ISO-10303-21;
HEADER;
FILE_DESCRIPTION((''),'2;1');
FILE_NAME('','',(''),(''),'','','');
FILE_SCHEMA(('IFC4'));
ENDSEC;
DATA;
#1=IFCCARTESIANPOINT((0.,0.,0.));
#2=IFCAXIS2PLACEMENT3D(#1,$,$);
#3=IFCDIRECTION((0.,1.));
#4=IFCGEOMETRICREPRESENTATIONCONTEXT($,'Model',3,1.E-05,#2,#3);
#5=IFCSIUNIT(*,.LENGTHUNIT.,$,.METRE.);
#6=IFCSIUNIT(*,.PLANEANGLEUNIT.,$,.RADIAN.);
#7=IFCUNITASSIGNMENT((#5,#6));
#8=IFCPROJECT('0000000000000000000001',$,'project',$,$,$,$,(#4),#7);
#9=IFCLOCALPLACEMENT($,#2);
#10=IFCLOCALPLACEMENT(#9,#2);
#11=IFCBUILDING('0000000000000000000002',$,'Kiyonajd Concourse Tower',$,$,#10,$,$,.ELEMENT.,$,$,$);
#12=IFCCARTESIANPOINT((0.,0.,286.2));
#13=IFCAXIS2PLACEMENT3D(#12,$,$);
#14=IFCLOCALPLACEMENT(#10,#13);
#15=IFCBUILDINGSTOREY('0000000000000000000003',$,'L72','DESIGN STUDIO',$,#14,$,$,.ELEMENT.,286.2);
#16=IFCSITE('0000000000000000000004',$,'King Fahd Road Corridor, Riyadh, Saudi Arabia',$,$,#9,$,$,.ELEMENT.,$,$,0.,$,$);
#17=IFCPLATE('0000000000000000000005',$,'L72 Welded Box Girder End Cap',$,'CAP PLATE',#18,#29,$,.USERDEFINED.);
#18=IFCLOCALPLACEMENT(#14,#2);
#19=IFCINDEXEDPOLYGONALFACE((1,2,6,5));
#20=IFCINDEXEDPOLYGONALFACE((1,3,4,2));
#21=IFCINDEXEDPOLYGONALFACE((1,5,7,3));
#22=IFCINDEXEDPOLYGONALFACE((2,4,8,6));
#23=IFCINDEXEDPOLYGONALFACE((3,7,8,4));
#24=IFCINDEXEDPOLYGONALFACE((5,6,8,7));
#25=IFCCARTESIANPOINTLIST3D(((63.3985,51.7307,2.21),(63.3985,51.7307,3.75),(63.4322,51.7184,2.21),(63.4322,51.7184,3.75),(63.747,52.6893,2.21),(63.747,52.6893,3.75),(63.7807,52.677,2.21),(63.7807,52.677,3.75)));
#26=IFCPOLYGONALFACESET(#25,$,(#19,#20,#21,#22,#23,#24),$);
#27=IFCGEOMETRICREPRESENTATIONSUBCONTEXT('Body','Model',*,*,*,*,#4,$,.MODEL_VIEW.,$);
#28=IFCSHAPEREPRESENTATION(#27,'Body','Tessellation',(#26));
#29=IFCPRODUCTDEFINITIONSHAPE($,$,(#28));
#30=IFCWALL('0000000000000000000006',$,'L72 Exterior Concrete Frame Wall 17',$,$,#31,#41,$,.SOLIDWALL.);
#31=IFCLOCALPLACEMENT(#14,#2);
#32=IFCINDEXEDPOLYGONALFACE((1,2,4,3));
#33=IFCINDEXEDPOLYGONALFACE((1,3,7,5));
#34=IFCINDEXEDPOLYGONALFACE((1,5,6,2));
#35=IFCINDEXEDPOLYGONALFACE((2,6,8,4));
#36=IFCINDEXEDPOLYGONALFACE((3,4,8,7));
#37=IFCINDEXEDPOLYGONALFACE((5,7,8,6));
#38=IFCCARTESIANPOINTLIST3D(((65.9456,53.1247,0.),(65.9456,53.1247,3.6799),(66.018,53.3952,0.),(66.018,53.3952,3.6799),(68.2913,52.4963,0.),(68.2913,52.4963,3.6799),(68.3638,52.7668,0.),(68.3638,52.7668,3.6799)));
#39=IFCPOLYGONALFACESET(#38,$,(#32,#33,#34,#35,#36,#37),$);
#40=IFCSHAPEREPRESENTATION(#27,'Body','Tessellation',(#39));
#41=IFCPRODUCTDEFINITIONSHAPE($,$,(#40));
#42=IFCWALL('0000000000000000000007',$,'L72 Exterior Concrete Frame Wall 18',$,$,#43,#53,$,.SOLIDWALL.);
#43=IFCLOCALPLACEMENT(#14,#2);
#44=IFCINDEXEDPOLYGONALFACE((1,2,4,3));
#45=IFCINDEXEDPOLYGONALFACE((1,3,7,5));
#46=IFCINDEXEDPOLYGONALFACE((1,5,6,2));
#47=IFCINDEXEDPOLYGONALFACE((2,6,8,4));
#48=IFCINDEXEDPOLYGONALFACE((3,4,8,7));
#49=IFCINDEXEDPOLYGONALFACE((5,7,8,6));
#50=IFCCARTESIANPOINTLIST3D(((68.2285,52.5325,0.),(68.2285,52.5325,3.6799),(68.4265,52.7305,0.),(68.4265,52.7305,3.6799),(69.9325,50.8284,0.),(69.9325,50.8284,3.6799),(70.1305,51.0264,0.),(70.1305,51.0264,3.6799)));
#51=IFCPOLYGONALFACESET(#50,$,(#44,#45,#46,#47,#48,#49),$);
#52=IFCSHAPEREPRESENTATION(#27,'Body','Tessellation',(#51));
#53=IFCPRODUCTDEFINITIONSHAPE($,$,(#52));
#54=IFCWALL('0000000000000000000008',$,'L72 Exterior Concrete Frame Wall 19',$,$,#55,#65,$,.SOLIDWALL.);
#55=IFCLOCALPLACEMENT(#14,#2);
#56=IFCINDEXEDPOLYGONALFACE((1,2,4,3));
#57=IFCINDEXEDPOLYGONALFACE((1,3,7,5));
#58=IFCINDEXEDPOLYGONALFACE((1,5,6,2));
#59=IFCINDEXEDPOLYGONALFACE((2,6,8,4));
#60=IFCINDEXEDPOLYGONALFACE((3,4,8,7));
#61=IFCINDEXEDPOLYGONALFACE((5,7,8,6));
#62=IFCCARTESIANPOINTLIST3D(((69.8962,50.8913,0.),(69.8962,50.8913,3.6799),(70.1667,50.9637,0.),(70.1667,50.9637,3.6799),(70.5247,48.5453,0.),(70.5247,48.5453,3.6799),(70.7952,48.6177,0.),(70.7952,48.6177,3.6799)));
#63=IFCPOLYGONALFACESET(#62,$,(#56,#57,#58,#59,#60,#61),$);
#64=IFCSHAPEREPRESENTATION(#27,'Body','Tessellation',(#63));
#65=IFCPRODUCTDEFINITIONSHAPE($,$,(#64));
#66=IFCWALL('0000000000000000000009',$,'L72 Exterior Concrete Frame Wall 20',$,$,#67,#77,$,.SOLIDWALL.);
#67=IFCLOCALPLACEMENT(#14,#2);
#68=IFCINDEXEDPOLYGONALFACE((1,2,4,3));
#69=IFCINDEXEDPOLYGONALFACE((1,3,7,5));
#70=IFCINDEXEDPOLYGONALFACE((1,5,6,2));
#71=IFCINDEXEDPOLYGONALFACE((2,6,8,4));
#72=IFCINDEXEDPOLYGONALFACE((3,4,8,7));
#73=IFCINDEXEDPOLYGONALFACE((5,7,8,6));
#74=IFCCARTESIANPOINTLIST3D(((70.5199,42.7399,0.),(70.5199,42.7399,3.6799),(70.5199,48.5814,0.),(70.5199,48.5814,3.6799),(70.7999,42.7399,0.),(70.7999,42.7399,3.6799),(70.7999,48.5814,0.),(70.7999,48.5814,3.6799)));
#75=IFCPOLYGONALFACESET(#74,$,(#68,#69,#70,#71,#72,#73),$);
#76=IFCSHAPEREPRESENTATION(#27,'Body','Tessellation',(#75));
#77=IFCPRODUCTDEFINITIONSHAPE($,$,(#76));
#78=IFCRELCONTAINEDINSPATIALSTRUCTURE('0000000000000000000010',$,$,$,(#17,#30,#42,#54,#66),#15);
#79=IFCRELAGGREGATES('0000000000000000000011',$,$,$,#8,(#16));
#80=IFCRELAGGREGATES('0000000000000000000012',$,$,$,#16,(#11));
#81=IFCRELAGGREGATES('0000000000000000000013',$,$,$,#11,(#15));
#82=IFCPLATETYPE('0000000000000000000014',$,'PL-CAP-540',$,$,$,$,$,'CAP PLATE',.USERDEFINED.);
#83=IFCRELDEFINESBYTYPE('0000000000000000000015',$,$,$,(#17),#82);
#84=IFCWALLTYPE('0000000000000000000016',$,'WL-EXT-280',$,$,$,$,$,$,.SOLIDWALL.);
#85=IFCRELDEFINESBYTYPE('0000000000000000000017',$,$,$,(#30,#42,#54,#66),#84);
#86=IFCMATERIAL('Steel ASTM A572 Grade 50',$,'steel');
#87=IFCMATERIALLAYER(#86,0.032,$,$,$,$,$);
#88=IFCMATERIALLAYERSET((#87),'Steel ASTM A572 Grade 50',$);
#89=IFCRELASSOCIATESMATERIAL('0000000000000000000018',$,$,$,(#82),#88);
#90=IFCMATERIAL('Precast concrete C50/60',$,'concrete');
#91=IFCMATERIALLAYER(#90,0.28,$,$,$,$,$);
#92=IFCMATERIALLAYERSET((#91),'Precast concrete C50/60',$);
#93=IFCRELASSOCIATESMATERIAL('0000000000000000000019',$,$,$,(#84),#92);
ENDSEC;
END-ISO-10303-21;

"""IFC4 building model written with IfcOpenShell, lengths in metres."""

from ifc_helpers import new_model, si_unit, direction, frame, frame_2d, origin, origin_2d, place, context, subcontext, project, spatial, rectangle, extrude, material, layer, layer_set, type_object, element, save


model = new_model("IFC4")

# Units and contexts
model_context = context("Model", 3, precision=1e-05, world=origin(), true_north=direction((0.0, 1.0)))
body_context = subcontext(model_context, "Body", "Model", "MODEL_VIEW")
ifc_project = project(units=[si_unit("LENGTHUNIT", "METRE"), si_unit("PLANEANGLEUNIT", "RADIAN")], contexts=[model_context])

# Site, building, storey
site_placement = place(None, origin())
site = spatial("IfcSite", under=ifc_project, at=site_placement, Name="King Fahd Road Corridor, Riyadh, Saudi Arabia", CompositionType="ELEMENT", RefElevation=0.0)
building_placement = place(site_placement, origin())
building = spatial("IfcBuilding", under=site, at=building_placement, Name="Kiyonajd Concourse Tower", CompositionType="ELEMENT")
storey_placement = place(building_placement, frame((0.0, 0.0, 286.2)))
storey = spatial("IfcBuildingStorey", under=building, at=storey_placement, Name="L72", Description="DESIGN STUDIO", CompositionType="ELEMENT", Elevation=286.2)

# Shared definitions
ifc_material_1 = material(Name="Steel ASTM A572 Grade 50", Category="steel")

# Plate
ifc_layer_1 = layer(ifc_material_1, 0.032)
ifc_layer_set_1 = layer_set([ifc_layer_1], Name="Steel ASTM A572 Grade 50")
plate_type_1 = type_object("IfcPlateType", Name="PL-CAP-540", ElementType="CAP PLATE", PredefinedType="USERDEFINED", material=ifc_layer_set_1)
for number, where, z_axis, x_axis, name in (
    (1, (63.5896, 52.2039, 2.21), (0.0, 0.0, 1.0), (-0.939812, 0.341692, 0.0), "L72 Welded Box Girder End Cap"),
):
    element("IfcPlate", number, at=place(storey_placement, frame(where, z_axis=z_axis, x_axis=x_axis)), inside=storey, type_object=plate_type_1, Name=name, ObjectType="CAP PLATE", PredefinedType="USERDEFINED", context=body_context, shape_type="SweptSolid", body=[
        extrude(rectangle(XDim=0.0359, YDim=1.02, at=origin_2d()), origin(), (0.0, 0.0, 1.0), 1.54),
    ])

# Walls
ifc_material_2 = material(Name="Precast concrete C50/60", Category="concrete")
ifc_layer_2 = layer(ifc_material_2, 0.28)
ifc_layer_set_2 = layer_set([ifc_layer_2], Name="Precast concrete C50/60")
wall_type = type_object("IfcWallType", Name="WL-EXT-280", PredefinedType="SOLIDWALL", material=ifc_layer_set_2)
wall_1_placement = place(storey_placement, frame((65.9817, 53.26, 0.0), z_axis=(0.0, 0.0, 1.0), x_axis=(0.965937, -0.258776, 0.0)))
element("IfcWall", 2, at=wall_1_placement, inside=storey, type_object=wall_type, Name="L72 Exterior Concrete Frame Wall 17", PredefinedType="SOLIDWALL", context=body_context, shape_type="SweptSolid", body=[
    extrude(rectangle(XDim=2.4285, YDim=0.28, at=frame_2d((1.2144, 0.0))), origin(), (0.0, 0.0, 1.0), 3.6799),
])
wall_2_placement = place(storey_placement, frame((68.3274, 52.6316, 0.0), z_axis=(0.0, 0.0, 1.0), x_axis=(0.707107, -0.707107, 0.0)))
element("IfcWall", 3, at=wall_2_placement, inside=storey, type_object=wall_type, Name="L72 Exterior Concrete Frame Wall 18", PredefinedType="SOLIDWALL", context=body_context, shape_type="SweptSolid", body=[
    extrude(rectangle(XDim=2.4099, YDim=0.28, at=frame_2d((1.2051, 0.0))), origin(), (0.0, 0.0, 1.0), 3.6799),
])
wall_3_placement = place(storey_placement, frame((70.0315, 50.9275, 0.0), z_axis=(0.0, 0.0, 1.0), x_axis=(0.258751, -0.965944, 0.0)))
element("IfcWall", 4, at=wall_3_placement, inside=storey, type_object=wall_type, Name="L72 Exterior Concrete Frame Wall 19", PredefinedType="SOLIDWALL", context=body_context, shape_type="SweptSolid", body=[
    extrude(rectangle(XDim=2.4287, YDim=0.28, at=frame_2d((1.2144, 0.0))), origin(), (0.0, 0.0, 1.0), 3.6799),
])
wall_4_placement = place(storey_placement, frame((70.6599, 48.5815, 0.0), z_axis=(0.0, 0.0, 1.0), x_axis=(0.0, -1.0, 0.0)))
element("IfcWall", 5, at=wall_4_placement, inside=storey, type_object=wall_type, Name="L72 Exterior Concrete Frame Wall 20", PredefinedType="SOLIDWALL", context=body_context, shape_type="SweptSolid", body=[
    extrude(rectangle(XDim=5.8416, YDim=0.28, at=frame_2d((2.9209, 0.0))), origin(), (0.0, 0.0, 1.0), 3.6799),
])

save(model, "model.ifc")
